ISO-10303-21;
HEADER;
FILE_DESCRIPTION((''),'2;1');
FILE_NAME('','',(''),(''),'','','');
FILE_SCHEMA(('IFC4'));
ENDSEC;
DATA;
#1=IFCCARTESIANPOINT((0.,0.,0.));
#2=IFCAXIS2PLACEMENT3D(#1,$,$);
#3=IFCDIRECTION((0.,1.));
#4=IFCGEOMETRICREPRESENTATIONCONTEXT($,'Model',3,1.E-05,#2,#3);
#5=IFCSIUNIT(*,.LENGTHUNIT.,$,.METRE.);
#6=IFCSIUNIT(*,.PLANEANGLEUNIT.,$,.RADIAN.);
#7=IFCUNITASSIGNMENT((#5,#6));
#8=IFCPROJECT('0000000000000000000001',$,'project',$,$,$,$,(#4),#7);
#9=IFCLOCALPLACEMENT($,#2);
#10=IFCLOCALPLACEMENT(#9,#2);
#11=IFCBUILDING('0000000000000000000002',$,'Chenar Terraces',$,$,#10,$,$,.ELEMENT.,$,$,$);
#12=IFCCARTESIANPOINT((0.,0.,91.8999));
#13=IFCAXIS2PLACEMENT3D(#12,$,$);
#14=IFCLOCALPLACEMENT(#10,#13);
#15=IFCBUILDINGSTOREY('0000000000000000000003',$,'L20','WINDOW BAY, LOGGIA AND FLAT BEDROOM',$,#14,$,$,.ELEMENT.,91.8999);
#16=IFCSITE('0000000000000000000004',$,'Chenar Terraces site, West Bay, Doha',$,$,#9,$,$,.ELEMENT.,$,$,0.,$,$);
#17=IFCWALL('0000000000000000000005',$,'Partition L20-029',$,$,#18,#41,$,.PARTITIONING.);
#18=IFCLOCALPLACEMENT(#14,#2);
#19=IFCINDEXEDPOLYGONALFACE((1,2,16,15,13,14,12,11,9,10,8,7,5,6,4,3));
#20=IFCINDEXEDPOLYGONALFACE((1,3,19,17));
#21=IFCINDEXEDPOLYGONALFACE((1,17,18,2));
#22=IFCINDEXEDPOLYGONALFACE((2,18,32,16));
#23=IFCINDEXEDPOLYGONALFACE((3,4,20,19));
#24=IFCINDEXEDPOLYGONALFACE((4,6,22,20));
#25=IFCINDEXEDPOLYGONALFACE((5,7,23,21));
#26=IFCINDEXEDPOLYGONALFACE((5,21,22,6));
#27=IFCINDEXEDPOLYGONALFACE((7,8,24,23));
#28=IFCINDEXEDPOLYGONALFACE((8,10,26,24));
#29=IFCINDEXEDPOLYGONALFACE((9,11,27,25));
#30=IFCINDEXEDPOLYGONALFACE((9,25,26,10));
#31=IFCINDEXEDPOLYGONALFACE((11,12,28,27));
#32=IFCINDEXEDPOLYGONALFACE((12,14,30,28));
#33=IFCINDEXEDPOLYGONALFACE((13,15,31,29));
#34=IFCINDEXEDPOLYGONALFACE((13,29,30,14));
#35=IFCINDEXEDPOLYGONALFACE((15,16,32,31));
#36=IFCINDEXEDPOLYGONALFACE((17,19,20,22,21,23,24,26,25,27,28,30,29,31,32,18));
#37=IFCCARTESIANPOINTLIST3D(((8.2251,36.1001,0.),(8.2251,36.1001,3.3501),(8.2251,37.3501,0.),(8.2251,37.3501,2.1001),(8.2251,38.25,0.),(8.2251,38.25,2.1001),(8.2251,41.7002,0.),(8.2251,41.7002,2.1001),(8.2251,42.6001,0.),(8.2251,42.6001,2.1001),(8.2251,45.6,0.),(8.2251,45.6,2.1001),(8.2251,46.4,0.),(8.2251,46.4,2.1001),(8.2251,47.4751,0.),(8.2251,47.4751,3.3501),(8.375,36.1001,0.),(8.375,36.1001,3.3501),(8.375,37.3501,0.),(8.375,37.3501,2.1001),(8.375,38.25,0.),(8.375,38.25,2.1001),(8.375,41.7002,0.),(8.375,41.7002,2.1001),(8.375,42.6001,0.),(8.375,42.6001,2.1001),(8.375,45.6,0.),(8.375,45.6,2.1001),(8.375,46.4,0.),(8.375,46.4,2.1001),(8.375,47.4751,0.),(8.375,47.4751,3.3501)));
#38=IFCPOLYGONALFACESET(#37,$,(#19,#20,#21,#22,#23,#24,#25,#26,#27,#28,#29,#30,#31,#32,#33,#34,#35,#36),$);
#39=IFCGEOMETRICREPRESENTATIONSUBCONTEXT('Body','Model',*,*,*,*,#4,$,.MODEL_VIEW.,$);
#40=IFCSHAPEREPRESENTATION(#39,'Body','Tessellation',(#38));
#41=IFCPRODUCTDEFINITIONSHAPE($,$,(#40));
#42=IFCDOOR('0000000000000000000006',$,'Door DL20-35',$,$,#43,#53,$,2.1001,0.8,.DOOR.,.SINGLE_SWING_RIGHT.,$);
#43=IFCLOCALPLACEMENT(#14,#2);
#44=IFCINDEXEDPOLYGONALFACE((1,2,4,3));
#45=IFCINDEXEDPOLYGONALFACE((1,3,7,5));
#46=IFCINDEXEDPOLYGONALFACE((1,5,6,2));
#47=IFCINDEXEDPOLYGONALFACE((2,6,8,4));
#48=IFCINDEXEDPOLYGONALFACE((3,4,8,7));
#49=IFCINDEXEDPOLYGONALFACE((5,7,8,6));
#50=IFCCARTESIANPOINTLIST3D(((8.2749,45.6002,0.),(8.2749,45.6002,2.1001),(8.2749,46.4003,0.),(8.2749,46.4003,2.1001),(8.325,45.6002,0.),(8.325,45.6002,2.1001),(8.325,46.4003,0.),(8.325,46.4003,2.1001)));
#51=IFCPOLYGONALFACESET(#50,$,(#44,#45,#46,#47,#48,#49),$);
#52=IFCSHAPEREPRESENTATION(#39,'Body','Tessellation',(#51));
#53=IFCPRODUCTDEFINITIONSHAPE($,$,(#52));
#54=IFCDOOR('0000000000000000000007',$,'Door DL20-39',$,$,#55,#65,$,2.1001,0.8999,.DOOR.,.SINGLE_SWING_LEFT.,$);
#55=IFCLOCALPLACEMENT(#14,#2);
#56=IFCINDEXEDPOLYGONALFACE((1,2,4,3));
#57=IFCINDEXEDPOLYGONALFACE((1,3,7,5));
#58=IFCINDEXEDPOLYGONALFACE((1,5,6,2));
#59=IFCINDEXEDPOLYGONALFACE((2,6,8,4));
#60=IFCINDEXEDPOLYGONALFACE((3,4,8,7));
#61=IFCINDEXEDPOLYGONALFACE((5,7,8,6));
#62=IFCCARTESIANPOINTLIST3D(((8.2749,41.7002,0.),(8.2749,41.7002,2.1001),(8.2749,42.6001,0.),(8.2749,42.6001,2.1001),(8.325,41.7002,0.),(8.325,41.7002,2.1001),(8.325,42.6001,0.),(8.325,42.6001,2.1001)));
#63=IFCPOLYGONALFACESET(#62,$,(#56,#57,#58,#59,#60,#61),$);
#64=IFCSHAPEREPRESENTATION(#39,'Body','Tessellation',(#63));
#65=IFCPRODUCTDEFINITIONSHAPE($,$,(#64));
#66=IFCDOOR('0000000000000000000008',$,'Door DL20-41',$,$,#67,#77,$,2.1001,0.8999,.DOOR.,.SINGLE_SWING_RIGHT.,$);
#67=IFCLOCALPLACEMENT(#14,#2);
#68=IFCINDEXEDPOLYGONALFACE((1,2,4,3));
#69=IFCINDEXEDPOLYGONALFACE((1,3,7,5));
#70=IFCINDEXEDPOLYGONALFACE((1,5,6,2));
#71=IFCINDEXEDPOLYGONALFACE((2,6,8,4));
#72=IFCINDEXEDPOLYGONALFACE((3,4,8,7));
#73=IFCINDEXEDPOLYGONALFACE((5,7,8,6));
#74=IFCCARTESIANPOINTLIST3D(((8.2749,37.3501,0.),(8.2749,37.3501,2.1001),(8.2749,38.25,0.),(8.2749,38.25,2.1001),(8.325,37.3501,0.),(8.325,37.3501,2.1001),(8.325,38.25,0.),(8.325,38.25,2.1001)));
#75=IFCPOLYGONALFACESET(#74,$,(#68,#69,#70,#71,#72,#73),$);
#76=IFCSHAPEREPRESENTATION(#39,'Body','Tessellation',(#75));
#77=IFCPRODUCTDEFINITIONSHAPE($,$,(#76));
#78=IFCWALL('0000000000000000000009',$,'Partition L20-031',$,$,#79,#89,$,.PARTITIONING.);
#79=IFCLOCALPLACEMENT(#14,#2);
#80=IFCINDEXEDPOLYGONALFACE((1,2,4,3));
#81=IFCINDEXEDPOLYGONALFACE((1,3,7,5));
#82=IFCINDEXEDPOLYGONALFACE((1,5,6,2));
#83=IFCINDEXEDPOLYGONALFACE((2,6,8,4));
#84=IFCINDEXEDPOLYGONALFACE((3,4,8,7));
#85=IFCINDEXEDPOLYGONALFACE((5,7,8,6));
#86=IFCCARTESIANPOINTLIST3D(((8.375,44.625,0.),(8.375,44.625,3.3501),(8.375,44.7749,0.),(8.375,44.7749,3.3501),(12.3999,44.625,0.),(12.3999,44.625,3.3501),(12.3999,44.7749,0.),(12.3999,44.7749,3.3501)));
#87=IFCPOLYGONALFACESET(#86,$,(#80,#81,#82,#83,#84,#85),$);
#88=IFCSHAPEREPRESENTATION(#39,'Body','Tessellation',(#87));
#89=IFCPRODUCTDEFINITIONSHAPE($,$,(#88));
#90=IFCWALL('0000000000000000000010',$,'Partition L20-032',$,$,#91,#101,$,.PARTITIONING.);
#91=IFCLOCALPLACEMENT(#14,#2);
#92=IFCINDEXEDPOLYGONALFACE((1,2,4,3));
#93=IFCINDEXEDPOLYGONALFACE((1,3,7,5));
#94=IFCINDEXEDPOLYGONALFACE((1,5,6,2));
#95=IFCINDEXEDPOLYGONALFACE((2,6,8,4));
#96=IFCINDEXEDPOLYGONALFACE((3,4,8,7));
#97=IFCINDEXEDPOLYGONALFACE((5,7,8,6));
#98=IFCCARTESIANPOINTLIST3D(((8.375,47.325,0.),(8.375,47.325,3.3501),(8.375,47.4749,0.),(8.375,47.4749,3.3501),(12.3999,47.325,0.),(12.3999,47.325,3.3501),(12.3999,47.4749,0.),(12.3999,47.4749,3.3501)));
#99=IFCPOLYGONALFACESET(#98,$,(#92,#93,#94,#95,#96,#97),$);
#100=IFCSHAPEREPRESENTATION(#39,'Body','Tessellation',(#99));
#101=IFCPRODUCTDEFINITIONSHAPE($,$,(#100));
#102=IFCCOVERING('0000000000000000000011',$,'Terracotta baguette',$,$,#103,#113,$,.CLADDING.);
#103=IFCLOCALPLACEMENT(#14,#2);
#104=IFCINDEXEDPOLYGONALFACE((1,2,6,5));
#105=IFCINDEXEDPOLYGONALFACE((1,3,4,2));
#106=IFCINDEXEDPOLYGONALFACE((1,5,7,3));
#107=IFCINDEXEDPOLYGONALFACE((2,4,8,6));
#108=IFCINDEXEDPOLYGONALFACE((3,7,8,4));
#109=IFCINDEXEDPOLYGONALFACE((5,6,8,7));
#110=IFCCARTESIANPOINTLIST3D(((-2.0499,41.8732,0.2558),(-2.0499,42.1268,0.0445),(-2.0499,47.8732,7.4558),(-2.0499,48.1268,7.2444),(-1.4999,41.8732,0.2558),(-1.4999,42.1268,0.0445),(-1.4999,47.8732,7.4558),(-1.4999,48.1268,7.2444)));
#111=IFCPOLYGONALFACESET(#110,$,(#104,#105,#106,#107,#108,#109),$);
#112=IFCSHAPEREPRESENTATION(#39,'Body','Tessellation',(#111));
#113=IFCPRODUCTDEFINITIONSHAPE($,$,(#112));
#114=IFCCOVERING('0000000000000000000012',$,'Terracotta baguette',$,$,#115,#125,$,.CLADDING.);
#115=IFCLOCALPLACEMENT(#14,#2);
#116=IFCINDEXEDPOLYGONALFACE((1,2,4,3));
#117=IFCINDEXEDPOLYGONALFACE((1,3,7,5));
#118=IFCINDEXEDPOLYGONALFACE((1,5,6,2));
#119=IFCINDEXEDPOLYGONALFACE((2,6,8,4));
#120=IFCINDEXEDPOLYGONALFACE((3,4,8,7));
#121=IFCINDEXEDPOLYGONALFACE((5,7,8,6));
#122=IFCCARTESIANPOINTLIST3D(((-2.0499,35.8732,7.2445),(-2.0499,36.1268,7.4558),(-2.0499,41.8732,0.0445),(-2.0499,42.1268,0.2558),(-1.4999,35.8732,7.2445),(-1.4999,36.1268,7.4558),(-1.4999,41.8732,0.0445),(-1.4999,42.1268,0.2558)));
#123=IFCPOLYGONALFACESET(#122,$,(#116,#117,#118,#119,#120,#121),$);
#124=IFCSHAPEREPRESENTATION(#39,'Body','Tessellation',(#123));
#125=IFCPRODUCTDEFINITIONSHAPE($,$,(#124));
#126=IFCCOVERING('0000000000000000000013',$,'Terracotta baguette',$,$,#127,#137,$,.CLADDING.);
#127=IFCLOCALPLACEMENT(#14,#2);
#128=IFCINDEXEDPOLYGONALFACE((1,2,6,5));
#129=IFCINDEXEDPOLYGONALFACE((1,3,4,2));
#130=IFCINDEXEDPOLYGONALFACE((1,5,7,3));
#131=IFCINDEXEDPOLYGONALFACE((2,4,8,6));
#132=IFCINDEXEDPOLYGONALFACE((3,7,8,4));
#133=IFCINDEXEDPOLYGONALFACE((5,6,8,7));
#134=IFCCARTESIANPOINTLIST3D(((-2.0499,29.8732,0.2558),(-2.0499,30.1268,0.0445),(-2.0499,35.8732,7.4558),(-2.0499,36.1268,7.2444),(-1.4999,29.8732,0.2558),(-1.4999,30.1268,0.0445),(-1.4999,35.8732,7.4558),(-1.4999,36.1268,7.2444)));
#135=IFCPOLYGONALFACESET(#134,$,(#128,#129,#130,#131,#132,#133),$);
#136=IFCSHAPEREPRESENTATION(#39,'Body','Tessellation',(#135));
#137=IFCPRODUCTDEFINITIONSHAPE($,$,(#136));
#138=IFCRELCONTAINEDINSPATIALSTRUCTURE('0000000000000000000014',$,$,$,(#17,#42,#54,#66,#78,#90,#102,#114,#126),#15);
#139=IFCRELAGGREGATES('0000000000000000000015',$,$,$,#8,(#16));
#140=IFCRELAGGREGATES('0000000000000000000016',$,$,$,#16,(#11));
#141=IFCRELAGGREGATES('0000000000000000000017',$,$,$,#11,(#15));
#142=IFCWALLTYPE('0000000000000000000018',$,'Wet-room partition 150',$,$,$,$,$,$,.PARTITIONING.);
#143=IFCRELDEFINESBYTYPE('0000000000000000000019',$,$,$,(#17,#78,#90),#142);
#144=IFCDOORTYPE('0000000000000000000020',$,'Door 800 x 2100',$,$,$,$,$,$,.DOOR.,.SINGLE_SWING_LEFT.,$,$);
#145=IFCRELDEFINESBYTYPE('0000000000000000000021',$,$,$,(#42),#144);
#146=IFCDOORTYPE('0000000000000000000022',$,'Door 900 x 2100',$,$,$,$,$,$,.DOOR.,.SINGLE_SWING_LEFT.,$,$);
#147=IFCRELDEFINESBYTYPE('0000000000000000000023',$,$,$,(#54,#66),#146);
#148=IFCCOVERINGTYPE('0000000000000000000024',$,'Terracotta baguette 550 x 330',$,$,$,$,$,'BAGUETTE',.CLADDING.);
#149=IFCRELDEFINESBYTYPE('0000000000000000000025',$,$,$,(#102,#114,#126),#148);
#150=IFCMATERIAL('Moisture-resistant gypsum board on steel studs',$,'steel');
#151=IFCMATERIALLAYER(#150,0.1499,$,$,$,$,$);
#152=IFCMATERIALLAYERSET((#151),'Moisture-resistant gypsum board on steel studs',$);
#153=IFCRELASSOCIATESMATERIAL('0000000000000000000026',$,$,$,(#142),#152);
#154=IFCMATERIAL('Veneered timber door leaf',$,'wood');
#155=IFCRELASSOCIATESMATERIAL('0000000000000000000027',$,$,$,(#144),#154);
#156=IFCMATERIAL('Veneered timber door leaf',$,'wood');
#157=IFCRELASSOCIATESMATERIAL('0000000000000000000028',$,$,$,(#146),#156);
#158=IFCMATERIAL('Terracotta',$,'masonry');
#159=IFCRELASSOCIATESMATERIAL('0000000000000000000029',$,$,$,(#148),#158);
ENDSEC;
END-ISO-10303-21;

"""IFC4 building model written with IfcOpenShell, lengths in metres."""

from ifc_helpers import new_model, si_unit, direction, frame, frame_2d, origin, origin_2d, place, context, subcontext, project, spatial, rectangle, extrude, material, layer, layer_set, material_profile, profile_set, type_object, element, fill, save


model = new_model("IFC4")

# Units and contexts
model_context = context("Model", 3, precision=1e-05, world=origin(), true_north=direction((0.0, 1.0)))
body_context = subcontext(model_context, "Body", "Model", "MODEL_VIEW")
ifc_project = project(units=[si_unit("LENGTHUNIT", "METRE"), si_unit("PLANEANGLEUNIT", "RADIAN")], contexts=[model_context])

# Site, building, storey
site_placement = place(None, origin())
site = spatial("IfcSite", under=ifc_project, at=site_placement, Name="Chenar Terraces site, West Bay, Doha", CompositionType="ELEMENT", RefElevation=0.0)
building_placement = place(site_placement, origin())
building = spatial("IfcBuilding", under=site, at=building_placement, Name="Chenar Terraces", CompositionType="ELEMENT")
storey_placement = place(building_placement, frame((0.0, 0.0, 91.8999)))
storey = spatial("IfcBuildingStorey", under=building, at=storey_placement, Name="L20", Description="WINDOW BAY, LOGGIA AND FLAT BEDROOM", CompositionType="ELEMENT", Elevation=91.8999)

# Shared definitions
ifc_material_1 = material(Name="Moisture-resistant gypsum board on steel studs", Category="steel")
ifc_layer_1 = layer(ifc_material_1, 0.1499)
ifc_layer_set_1 = layer_set([ifc_layer_1], Name="Moisture-resistant gypsum board on steel studs")
wall_type_1 = type_object("IfcWallType", Name="Wet-room partition 150", PredefinedType="PARTITIONING", material=ifc_layer_set_1)

# Shared definitions
ifc_material_2 = material(Name="Veneered timber door leaf", Category="wood")
door_type_1 = type_object("IfcDoorType", Name="Door 800 x 2100", OperationType="SINGLE_SWING_LEFT", PredefinedType="DOOR", material=ifc_material_2)

# Wall, openings, doors
ifc_material_3 = material(Name="Veneered timber door leaf", Category="wood")
door_type_2 = type_object("IfcDoorType", Name="Door 900 x 2100", OperationType="SINGLE_SWING_LEFT", PredefinedType="DOOR", material=ifc_material_3)
wall_1_placement = place(storey_placement, frame((8.3, 36.1001, 0.0), z_axis=(0.0, 0.0, 1.0), x_axis=(0.0, 1.0, 0.0)))
wall_1 = element("IfcWall", 1, at=wall_1_placement, inside=storey, type_object=wall_type_1, Name="Partition L20-029", PredefinedType="PARTITIONING", context=body_context, shape_type="SweptSolid", body=[
    extrude(rectangle(XDim=11.375, YDim=0.1499, at=frame_2d((5.6875, 0.0))), origin(), (0.0, 0.0, 1.0), 3.3501),
])
opening_1_placement = place(wall_1_placement, frame((9.5, 0.0, 0.0)))
opening_1 = element("IfcOpeningElement", 2, at=opening_1_placement, cuts=wall_1, PredefinedType="OPENING", context=body_context, shape_type="SweptSolid", body=[
    extrude(rectangle(XDim=0.8, YDim=2.1001, at=frame_2d((0.3999, 1.05))), frame((0.0, 0.085, 0.0), z_axis=(0.0, -1.0, 0.0), x_axis=(1.0, 0.0, 0.0)), (0.0, 0.0, 1.0), 0.1699),
])
opening_2_placement = place(wall_1_placement, frame((5.6001, 0.0, 0.0)))
opening_2 = element("IfcOpeningElement", 3, at=opening_2_placement, cuts=wall_1, PredefinedType="OPENING", context=body_context, shape_type="SweptSolid", body=[
    extrude(rectangle(XDim=0.8999, YDim=2.1001, at=frame_2d((0.45, 1.05))), frame((0.0, 0.085, 0.0), z_axis=(0.0, -1.0, 0.0), x_axis=(1.0, 0.0, 0.0)), (0.0, 0.0, 1.0), 0.1699),
])
opening_3_placement = place(wall_1_placement, frame((1.25, 0.0, 0.0)))
opening_3 = element("IfcOpeningElement", 4, at=opening_3_placement, cuts=wall_1, PredefinedType="OPENING", context=body_context, shape_type="SweptSolid", body=[
    extrude(rectangle(XDim=0.8999, YDim=2.1001, at=frame_2d((0.45, 1.05))), frame((0.0, 0.085, 0.0), z_axis=(0.0, -1.0, 0.0), x_axis=(1.0, 0.0, 0.0)), (0.0, 0.0, 1.0), 0.1699),
])
door_1_placement = place(opening_1_placement, frame((0.8, 0.0, 0.0), z_axis=(0.0, 0.0, 1.0), x_axis=(-1.0, 0.0, 0.0)))
door_1 = element("IfcDoor", 5, at=door_1_placement, inside=storey, type_object=door_type_1, Name="Door DL20-35", OperationType="SINGLE_SWING_RIGHT", OverallHeight=2.1001, OverallWidth=0.8, PredefinedType="DOOR", context=body_context, shape_type="SweptSolid", body=[
    extrude(rectangle(XDim=0.8, YDim=2.1001, at=frame_2d((0.3999, 1.05))), frame((0.0, 0.0249, 0.0), z_axis=(0.0, -1.0, 0.0), x_axis=(1.0, 0.0, 0.0)), (0.0, 0.0, 1.0), 0.05),
])
fill(opening_1, door_1)
door_2_placement = place(opening_2_placement, frame((0.8999, 0.0, 0.0), z_axis=(0.0, 0.0, 1.0), x_axis=(-1.0, 0.0, 0.0)))
door_2 = element("IfcDoor", 6, at=door_2_placement, inside=storey, type_object=door_type_2, Name="Door DL20-39", OperationType="SINGLE_SWING_LEFT", OverallHeight=2.1001, OverallWidth=0.8999, PredefinedType="DOOR", context=body_context, shape_type="SweptSolid", body=[
    extrude(rectangle(XDim=0.8999, YDim=2.1001, at=frame_2d((0.45, 1.05))), frame((0.0, 0.0249, 0.0), z_axis=(0.0, -1.0, 0.0), x_axis=(1.0, 0.0, 0.0)), (0.0, 0.0, 1.0), 0.05),
])
fill(opening_2, door_2)
door_3_placement = place(opening_3_placement, frame((0.8999, 0.0, 0.0), z_axis=(0.0, 0.0, 1.0), x_axis=(-1.0, 0.0, 0.0)))
door_3 = element("IfcDoor", 7, at=door_3_placement, inside=storey, type_object=door_type_2, Name="Door DL20-41", OperationType="SINGLE_SWING_RIGHT", OverallHeight=2.1001, OverallWidth=0.8999, PredefinedType="DOOR", context=body_context, shape_type="SweptSolid", body=[
    extrude(rectangle(XDim=0.8999, YDim=2.1001, at=frame_2d((0.45, 1.05))), frame((0.0, 0.0249, 0.0), z_axis=(0.0, -1.0, 0.0), x_axis=(1.0, 0.0, 0.0)), (0.0, 0.0, 1.0), 0.05),
])
fill(opening_3, door_3)

# Walls
for number, where, z_axis, x_axis, name in (
    (8, (8.375, 44.7, 0.0), (0.0, 0.0, 1.0), (1.0, 0.0, 0.0), "Partition L20-031"),
    (9, (8.375, 47.3999, 0.0), (0.0, 0.0, 1.0), (1.0, 0.0, 0.0), "Partition L20-032"),
):
    element("IfcWall", number, at=place(storey_placement, frame(where, z_axis=z_axis, x_axis=x_axis)), inside=storey, type_object=wall_type_1, Name=name, PredefinedType="PARTITIONING", context=body_context, shape_type="SweptSolid", body=[
        extrude(rectangle(XDim=4.0249, YDim=0.1499, at=frame_2d((2.0125, 0.0))), origin(), (0.0, 0.0, 1.0), 3.3501),
    ])

# Coverings
ifc_material_4 = material(Name="Terracotta", Category="masonry")
ifc_material_profile_1 = material_profile(ifc_material_4, rectangle(XDim=0.55, YDim=0.3301, at=origin_2d()), Name="Terracotta baguette 550 x 330")
ifc_profile_set_1 = profile_set([ifc_material_profile_1], Name="Terracotta")
covering_type = type_object("IfcCoveringType", Name="Terracotta baguette 550 x 330", ElementType="BAGUETTE", PredefinedType="CLADDING", material=ifc_profile_set_1)
for number, where, z_axis, x_axis, name in (
    (10, (-1.7749, 48.0, 7.3501), (0.0, -0.640187, -0.768219), (1.0, 0.0, 0.0), "Terracotta baguette"),
    (11, (-1.7749, 42.0, 0.1501), (0.0, -0.640187, 0.768219), (1.0, 0.0, 0.0), "Terracotta baguette"),
    (12, (-1.7749, 36.0, 7.3501), (0.0, -0.640187, -0.768219), (1.0, 0.0, 0.0), "Terracotta baguette"),
):
    element("IfcCovering", number, at=place(storey_placement, frame(where, z_axis=z_axis, x_axis=x_axis)), inside=storey, type_object=covering_type, Name=name, PredefinedType="CLADDING", context=body_context, shape_type="SweptSolid", body=[
        extrude(rectangle(XDim=0.55, YDim=0.3301, at=origin_2d()), origin(), (0.0, 0.0, 1.0), 9.3723),
    ])

save(model, "model.ifc")
